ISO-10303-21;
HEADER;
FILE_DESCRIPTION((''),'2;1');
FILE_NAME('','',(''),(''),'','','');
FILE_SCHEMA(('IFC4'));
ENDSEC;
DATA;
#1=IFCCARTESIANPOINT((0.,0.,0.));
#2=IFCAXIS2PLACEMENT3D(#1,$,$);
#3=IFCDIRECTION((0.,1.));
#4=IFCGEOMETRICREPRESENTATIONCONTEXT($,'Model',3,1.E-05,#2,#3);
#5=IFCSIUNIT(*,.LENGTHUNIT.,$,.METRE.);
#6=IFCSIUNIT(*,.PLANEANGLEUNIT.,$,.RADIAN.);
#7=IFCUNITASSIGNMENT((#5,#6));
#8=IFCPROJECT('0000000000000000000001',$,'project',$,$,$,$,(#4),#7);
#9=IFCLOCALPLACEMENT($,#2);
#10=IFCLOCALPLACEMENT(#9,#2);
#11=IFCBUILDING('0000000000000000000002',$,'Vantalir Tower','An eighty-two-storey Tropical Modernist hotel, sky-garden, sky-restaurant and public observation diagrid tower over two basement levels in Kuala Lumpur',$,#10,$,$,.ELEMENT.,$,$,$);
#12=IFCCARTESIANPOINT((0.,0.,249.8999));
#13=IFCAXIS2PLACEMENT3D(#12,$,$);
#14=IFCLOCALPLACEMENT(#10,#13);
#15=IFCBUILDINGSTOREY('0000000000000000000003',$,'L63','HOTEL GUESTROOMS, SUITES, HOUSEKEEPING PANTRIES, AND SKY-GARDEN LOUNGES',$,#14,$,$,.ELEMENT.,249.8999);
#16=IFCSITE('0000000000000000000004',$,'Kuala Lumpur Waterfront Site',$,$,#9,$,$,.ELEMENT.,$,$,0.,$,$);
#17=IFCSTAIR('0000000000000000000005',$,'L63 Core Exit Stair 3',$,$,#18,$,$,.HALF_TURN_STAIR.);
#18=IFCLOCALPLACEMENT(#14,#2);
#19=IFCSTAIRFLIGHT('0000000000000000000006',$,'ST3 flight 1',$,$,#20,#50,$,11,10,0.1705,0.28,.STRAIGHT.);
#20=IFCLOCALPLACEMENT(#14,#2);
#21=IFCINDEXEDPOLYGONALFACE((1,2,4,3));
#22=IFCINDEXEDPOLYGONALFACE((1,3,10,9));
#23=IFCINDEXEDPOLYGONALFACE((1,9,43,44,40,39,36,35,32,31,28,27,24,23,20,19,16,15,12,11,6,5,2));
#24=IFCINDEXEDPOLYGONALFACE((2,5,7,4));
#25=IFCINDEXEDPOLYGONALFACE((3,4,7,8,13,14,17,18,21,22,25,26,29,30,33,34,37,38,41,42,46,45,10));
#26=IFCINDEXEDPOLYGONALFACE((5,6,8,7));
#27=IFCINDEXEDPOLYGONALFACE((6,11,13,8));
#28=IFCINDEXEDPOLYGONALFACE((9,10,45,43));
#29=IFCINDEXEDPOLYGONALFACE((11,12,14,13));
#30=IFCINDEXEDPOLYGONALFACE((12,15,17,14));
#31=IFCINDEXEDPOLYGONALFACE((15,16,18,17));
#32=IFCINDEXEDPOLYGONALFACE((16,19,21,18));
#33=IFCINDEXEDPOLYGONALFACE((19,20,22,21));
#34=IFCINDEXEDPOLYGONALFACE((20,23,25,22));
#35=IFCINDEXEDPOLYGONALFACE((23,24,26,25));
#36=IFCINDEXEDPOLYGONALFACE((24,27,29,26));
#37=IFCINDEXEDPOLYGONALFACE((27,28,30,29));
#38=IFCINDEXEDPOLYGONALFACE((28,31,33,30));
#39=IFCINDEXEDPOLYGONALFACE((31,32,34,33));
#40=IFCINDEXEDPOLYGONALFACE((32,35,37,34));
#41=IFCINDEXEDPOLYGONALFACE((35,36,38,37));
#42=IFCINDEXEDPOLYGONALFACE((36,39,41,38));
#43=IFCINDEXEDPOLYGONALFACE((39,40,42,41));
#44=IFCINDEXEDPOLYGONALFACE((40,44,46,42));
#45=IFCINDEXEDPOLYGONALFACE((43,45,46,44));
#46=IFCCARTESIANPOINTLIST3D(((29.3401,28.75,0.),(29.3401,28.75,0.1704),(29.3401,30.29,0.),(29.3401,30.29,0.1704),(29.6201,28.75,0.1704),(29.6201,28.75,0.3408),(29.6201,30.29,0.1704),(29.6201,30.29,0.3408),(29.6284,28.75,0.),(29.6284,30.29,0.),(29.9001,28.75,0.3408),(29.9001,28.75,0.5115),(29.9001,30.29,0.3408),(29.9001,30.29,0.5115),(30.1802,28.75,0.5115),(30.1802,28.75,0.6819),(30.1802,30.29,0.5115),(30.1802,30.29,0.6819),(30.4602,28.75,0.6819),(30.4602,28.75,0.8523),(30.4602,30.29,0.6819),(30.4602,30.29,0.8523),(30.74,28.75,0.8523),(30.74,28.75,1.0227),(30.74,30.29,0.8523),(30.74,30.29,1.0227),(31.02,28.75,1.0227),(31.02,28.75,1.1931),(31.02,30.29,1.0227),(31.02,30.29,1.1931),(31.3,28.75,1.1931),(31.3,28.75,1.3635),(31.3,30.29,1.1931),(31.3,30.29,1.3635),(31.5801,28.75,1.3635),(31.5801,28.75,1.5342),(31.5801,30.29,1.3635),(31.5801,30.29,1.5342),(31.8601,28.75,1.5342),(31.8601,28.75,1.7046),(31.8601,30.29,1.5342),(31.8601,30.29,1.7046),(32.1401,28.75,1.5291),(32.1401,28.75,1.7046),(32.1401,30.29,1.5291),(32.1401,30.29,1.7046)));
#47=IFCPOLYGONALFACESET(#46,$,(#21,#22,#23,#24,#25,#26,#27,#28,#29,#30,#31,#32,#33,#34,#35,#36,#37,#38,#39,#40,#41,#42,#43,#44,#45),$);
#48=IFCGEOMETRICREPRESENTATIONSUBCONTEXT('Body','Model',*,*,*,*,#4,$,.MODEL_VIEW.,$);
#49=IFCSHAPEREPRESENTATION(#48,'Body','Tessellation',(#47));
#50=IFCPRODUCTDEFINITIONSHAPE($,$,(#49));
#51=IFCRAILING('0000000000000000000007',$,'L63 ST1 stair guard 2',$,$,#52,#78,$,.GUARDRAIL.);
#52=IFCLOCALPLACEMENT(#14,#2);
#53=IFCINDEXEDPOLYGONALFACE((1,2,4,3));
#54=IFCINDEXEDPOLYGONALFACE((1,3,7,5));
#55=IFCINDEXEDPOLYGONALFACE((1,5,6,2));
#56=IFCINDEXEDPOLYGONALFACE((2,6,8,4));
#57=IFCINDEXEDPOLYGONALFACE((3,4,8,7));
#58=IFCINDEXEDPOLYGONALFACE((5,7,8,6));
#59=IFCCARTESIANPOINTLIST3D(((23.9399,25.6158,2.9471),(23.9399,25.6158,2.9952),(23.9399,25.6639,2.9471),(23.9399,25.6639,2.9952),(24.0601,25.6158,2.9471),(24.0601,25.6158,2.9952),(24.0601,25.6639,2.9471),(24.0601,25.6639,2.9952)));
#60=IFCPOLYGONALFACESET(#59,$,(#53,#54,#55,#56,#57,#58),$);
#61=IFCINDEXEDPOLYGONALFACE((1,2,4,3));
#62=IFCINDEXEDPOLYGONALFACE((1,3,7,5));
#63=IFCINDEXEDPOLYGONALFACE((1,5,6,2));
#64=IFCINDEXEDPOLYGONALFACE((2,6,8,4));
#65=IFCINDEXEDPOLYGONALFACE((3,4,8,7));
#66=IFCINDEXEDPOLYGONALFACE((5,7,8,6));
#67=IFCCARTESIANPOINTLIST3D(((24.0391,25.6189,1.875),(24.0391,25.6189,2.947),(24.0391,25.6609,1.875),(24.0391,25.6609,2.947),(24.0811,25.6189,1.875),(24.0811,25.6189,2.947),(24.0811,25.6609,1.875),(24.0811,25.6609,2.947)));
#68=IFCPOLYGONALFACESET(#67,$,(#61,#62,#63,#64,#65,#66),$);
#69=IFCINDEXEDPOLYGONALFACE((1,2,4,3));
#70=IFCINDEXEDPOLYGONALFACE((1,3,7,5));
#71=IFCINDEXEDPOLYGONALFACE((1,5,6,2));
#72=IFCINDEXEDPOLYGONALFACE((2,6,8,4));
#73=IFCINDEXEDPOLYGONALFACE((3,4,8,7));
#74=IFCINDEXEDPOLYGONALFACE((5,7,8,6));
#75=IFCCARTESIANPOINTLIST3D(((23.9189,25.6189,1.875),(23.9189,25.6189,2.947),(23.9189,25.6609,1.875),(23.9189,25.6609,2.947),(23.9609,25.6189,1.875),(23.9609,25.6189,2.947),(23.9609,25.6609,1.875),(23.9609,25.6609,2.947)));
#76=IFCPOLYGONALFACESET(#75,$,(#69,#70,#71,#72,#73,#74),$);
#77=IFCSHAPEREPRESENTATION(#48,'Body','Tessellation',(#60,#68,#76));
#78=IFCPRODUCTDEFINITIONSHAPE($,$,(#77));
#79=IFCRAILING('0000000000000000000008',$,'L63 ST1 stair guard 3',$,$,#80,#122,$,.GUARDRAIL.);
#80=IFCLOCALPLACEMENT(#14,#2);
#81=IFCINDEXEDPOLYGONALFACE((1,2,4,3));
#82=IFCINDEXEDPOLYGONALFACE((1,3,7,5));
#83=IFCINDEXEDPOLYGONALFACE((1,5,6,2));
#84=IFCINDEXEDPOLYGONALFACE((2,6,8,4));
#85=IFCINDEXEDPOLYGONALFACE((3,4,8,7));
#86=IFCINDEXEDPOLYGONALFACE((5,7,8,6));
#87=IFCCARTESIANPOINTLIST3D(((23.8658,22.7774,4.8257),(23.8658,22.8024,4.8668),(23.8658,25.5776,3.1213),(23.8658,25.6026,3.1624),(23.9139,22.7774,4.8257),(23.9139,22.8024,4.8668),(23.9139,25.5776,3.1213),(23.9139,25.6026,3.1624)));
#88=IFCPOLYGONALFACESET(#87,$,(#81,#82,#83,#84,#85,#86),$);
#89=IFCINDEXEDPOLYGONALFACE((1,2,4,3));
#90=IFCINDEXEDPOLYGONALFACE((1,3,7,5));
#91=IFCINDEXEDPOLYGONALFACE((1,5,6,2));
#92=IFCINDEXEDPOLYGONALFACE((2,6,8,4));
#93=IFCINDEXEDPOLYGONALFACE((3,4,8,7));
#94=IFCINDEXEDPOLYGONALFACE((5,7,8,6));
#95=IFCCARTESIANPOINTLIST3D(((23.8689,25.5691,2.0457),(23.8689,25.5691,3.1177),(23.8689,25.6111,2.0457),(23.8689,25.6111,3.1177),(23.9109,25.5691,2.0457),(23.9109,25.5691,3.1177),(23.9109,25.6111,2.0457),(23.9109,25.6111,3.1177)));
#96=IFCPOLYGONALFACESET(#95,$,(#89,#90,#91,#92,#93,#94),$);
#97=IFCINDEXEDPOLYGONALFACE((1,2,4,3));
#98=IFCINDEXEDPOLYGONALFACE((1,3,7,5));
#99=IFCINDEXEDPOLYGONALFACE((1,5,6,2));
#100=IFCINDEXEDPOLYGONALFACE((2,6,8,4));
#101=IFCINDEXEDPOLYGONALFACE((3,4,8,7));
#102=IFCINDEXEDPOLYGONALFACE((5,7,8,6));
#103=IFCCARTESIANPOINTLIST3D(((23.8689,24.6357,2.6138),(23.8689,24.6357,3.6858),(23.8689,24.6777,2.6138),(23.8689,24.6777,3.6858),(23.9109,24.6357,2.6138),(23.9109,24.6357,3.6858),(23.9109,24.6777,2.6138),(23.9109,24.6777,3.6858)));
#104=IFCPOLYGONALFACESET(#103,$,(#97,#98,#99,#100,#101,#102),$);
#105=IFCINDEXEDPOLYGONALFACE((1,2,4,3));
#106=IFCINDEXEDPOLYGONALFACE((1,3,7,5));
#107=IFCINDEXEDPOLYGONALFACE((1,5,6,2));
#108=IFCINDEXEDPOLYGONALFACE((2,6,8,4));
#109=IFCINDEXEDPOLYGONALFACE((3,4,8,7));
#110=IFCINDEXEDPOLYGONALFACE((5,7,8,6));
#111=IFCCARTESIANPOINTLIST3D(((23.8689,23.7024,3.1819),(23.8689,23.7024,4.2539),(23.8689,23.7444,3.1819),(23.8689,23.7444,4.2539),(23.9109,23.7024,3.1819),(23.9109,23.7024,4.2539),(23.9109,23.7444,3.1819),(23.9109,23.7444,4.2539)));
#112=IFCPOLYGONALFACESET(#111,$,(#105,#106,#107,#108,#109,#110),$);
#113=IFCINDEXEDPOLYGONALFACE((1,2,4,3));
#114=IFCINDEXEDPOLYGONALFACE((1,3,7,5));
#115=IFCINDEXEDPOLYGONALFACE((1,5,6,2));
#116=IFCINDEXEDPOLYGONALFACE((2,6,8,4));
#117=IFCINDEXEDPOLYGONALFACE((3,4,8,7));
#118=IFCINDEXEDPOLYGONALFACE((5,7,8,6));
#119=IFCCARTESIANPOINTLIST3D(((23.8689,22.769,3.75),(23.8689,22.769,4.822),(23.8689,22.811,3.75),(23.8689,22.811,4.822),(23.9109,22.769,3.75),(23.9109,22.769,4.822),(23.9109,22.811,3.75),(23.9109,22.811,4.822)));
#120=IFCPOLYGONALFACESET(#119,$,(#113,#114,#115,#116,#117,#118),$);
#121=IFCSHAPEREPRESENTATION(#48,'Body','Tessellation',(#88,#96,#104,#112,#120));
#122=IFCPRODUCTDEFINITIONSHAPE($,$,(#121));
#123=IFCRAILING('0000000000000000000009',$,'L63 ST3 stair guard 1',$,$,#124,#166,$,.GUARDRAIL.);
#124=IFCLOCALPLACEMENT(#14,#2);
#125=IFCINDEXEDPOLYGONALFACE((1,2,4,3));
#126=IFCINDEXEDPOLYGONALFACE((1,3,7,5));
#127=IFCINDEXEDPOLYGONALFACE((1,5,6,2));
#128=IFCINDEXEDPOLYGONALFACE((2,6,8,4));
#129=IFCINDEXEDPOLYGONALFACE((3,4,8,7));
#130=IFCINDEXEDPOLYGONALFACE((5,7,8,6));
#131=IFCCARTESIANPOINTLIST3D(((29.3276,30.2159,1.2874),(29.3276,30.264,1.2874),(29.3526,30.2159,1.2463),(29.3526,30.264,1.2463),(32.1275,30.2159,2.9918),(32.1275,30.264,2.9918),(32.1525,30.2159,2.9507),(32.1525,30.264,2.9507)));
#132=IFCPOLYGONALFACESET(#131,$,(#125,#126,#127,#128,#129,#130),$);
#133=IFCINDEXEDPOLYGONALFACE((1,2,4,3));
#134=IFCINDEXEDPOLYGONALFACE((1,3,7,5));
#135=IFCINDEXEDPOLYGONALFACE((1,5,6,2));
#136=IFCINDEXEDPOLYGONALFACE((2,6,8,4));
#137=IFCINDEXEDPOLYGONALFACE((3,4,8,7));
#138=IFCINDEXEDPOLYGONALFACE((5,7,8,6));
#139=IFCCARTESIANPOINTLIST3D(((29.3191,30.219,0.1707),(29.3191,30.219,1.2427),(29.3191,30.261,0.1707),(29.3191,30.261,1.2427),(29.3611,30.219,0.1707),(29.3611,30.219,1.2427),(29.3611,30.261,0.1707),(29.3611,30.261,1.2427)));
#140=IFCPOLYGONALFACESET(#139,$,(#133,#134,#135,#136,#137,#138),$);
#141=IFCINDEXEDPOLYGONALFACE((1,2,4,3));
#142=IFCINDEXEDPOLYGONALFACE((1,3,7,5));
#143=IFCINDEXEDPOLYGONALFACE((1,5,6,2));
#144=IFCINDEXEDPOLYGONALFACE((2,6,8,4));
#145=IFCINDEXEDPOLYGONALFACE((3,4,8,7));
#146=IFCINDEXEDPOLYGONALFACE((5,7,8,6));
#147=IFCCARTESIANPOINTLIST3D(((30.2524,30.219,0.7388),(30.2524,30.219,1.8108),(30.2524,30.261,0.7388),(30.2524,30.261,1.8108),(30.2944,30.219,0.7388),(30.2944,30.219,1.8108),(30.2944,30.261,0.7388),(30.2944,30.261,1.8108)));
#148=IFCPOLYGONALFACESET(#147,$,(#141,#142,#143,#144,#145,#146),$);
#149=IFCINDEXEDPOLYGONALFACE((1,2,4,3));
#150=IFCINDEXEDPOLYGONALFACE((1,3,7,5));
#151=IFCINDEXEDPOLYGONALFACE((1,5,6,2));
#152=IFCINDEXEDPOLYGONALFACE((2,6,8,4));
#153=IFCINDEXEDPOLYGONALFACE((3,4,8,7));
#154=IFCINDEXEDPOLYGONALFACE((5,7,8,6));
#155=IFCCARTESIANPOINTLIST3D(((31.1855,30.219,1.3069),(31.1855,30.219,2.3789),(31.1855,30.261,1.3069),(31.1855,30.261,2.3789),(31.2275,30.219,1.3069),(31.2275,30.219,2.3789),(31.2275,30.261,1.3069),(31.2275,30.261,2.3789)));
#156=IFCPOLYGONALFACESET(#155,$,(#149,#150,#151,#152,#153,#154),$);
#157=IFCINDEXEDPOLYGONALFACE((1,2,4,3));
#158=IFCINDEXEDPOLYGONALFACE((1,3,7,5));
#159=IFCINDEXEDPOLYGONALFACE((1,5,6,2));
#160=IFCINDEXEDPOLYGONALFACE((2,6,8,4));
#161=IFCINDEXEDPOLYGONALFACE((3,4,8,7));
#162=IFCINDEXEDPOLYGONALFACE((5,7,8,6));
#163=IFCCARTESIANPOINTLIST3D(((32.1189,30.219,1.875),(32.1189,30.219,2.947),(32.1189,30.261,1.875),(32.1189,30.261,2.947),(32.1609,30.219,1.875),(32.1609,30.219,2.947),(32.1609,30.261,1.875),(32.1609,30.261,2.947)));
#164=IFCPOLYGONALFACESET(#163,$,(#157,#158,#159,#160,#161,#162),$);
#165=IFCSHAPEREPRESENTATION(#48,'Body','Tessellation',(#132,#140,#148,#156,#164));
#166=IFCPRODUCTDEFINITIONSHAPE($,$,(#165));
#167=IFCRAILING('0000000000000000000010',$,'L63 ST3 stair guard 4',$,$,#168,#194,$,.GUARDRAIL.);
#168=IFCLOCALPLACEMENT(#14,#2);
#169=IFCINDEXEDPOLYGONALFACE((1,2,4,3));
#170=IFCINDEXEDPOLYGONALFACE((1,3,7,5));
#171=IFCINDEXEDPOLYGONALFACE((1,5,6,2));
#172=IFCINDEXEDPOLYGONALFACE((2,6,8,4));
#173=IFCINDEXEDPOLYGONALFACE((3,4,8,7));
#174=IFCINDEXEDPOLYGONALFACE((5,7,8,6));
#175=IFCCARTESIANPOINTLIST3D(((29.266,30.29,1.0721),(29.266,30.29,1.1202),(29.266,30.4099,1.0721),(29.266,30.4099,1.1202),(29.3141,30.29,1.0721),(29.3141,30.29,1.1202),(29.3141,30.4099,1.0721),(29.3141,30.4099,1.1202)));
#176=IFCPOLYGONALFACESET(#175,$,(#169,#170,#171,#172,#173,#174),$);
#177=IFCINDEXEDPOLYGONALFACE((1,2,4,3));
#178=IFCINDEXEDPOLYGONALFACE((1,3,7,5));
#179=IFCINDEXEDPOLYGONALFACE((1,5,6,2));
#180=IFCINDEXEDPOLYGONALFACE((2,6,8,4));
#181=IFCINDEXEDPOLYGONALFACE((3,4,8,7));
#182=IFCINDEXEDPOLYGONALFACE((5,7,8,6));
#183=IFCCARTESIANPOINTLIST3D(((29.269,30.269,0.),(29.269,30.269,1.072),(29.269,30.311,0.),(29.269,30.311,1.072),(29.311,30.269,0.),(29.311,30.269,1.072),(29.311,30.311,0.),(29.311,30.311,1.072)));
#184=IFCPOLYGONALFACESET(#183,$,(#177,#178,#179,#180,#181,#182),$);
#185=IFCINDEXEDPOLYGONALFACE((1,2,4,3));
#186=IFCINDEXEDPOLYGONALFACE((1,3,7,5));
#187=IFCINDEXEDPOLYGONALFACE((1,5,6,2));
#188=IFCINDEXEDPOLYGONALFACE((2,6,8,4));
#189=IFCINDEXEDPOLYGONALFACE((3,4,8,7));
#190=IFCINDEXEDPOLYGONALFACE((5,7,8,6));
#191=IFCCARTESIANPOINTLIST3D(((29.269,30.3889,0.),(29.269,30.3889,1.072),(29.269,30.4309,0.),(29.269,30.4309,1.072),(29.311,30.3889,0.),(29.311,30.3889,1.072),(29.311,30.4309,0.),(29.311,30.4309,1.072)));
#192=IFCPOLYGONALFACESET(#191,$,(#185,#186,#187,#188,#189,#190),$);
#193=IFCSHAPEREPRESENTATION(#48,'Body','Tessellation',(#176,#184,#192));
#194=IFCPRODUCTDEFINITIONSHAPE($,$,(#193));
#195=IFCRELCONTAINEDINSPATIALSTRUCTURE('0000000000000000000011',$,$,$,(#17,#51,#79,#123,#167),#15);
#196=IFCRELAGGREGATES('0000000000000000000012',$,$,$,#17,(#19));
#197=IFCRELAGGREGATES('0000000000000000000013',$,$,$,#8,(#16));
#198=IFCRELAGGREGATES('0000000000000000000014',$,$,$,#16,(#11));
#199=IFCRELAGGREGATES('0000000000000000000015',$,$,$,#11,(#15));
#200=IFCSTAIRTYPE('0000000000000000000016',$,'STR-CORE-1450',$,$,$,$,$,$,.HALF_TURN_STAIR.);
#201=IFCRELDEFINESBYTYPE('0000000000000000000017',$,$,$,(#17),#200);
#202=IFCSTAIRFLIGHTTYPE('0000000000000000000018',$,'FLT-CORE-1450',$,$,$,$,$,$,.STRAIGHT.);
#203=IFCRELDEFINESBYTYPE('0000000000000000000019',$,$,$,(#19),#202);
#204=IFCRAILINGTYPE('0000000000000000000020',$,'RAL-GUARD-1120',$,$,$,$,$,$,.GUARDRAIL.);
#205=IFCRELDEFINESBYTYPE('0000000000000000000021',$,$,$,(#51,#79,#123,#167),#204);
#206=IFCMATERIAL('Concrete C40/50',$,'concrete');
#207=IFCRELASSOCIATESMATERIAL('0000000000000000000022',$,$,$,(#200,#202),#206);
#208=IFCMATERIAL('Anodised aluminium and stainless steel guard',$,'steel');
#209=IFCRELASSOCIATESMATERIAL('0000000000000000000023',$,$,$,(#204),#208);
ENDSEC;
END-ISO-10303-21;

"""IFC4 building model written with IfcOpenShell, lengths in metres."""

from ifc_helpers import new_model, si_unit, direction, frame, origin, origin_2d, place, context, subcontext, project, spatial, polyline, rectangle, outline, extrude, material, type_object, element, aggregate, save


model = new_model("IFC4")

# Units and contexts
model_context = context("Model", 3, precision=1e-05, world=origin(), true_north=direction((0.0, 1.0)))
body_context = subcontext(model_context, "Body", "Model", "MODEL_VIEW")
ifc_project = project(units=[si_unit("LENGTHUNIT", "METRE"), si_unit("PLANEANGLEUNIT", "RADIAN")], contexts=[model_context])

# Site, building, storey
site_placement = place(None, origin())
site = spatial("IfcSite", under=ifc_project, at=site_placement, Name="Kuala Lumpur Waterfront Site", CompositionType="ELEMENT", RefElevation=0.0)
building_placement = place(site_placement, origin())
building = spatial("IfcBuilding", under=site, at=building_placement, Name="Vantalir Tower", Description="An eighty-two-storey Tropical Modernist hotel, sky-garden, sky-restaurant and public observation diagrid tower over two basement levels in Kuala Lumpur", CompositionType="ELEMENT")
storey_placement = place(building_placement, frame((0.0, 0.0, 249.8999)))
storey = spatial("IfcBuildingStorey", under=building, at=storey_placement, Name="L63", Description="HOTEL GUESTROOMS, SUITES, HOUSEKEEPING PANTRIES, AND SKY-GARDEN LOUNGES", CompositionType="ELEMENT", Elevation=249.8999)

# Stair, stair flight
ifc_material_1 = material(Name="Concrete C40/50", Category="concrete")
stair_type = type_object("IfcStairType", Name="STR-CORE-1450", PredefinedType="HALF_TURN_STAIR", material=ifc_material_1)
stair_flight_type = type_object("IfcStairFlightType", Name="FLT-CORE-1450", PredefinedType="STRAIGHT", material=ifc_material_1)
stair_1_placement = place(storey_placement, origin())
stair_1 = element("IfcStair", 1, at=stair_1_placement, inside=storey, type_object=stair_type, Name="L63 Core Exit Stair 3", PredefinedType="HALF_TURN_STAIR")
stair_flight_1_placement = place(storey_placement, frame((29.3401, 29.52, 0.0), z_axis=(0.0, 0.0, 1.0), x_axis=(1.0, 0.0, 0.0)))
stair_flight_1 = element("IfcStairFlight", 2, at=stair_flight_1_placement, type_object=stair_flight_type, Name="ST3 flight 1", NumberOfRisers=11, NumberOfTreads=10, PredefinedType="STRAIGHT", RiserHeight=0.1705, TreadLength=0.28, context=body_context, shape_type="SweptSolid", body=[
    extrude(outline(polyline([(0.0, 0.0), (0.0, 0.1704), (0.28, 0.1704), (0.28, 0.3408), (0.5601, 0.3408), (0.5601, 0.5115), (0.8401, 0.5115), (0.8401, 0.6819), (1.1201, 0.6819), (1.1201, 0.8523), (1.3999, 0.8523), (1.3999, 1.0227), (1.6799, 1.0227), (1.6799, 1.1931), (1.96, 1.1931), (1.96, 1.3635), (2.24, 1.3635), (2.24, 1.5342), (2.52, 1.5342), (2.52, 1.7046), (2.8, 1.7046), (2.8, 1.875), (2.8, 1.5291), (0.2883, 0.0), (0.0, 0.0)])), frame((0.0, 0.77, 0.0), z_axis=(0.0, -1.0, 0.0), x_axis=(1.0, 0.0, 0.0)), (0.0, 0.0, 1.0), 1.54),
])
aggregate(stair_1, [stair_flight_1])

# Railings
ifc_material_2 = material(Name="Anodised aluminium and stainless steel guard", Category="steel")
railing_type_1 = type_object("IfcRailingType", Name="RAL-GUARD-1120", PredefinedType="GUARDRAIL", material=ifc_material_2)
railing_1_placement = place(storey_placement, frame((24.0601, 25.6399, 1.875)))
element("IfcRailing", 3, at=railing_1_placement, inside=storey, type_object=railing_type_1, Name="L63 ST1 stair guard 2", PredefinedType="GUARDRAIL", context=body_context, shape_type="SweptSolid", body=[
    extrude(rectangle(XDim=0.0481, YDim=0.0481, at=origin_2d()), frame((0.0, 0.0, 1.0962), z_axis=(-1.0, 0.0, 0.0), x_axis=(0.0, -1.0, 0.0)), (0.0, 0.0, 1.0), 0.1201),
    extrude(rectangle(XDim=0.042, YDim=0.042, at=origin_2d()), origin(), (0.0, 0.0, 1.0), 1.072),
    extrude(rectangle(XDim=0.042, YDim=0.042, at=origin_2d()), frame((-0.1201, 0.0, 0.0)), (0.0, 0.0, 1.0), 1.072),
])
railing_2_placement = place(storey_placement, frame((23.8899, 25.5901, 2.0457)))
element("IfcRailing", 4, at=railing_2_placement, inside=storey, type_object=railing_type_1, Name="L63 ST1 stair guard 3", PredefinedType="GUARDRAIL", context=body_context, shape_type="SweptSolid", body=[
    extrude(rectangle(XDim=0.0481, YDim=0.0481, at=origin_2d()), frame((0.0, 0.0, 1.0962), z_axis=(0.0, -0.854203, 0.51994), x_axis=(1.0, 0.0, 0.0)), (0.0, 0.0, 1.0), 3.2781),
    extrude(rectangle(XDim=0.042, YDim=0.042, at=origin_2d()), origin(), (0.0, 0.0, 1.0), 1.072),
    extrude(rectangle(XDim=0.042, YDim=0.042, at=origin_2d()), frame((0.0, -0.9333, 0.5681)), (0.0, 0.0, 1.0), 1.072),
    extrude(rectangle(XDim=0.042, YDim=0.042, at=origin_2d()), frame((0.0, -1.8667, 1.1362)), (0.0, 0.0, 1.0), 1.072),
    extrude(rectangle(XDim=0.042, YDim=0.042, at=origin_2d()), frame((0.0, -2.8, 1.7043)), (0.0, 0.0, 1.0), 1.072),
])
railing_3_placement = place(storey_placement, frame((29.3401, 30.24, 0.1707)))
element("IfcRailing", 5, at=railing_3_placement, inside=storey, type_object=railing_type_1, Name="L63 ST3 stair guard 1", PredefinedType="GUARDRAIL", context=body_context, shape_type="SweptSolid", body=[
    extrude(rectangle(XDim=0.0481, YDim=0.0481, at=origin_2d()), frame((0.0, 0.0, 1.0962), z_axis=(0.854183, 0.0, 0.519973), x_axis=(0.0, 1.0, 0.0)), (0.0, 0.0, 1.0), 3.2778),
    extrude(rectangle(XDim=0.042, YDim=0.042, at=origin_2d()), origin(), (0.0, 0.0, 1.0), 1.072),
    extrude(rectangle(XDim=0.042, YDim=0.042, at=origin_2d()), frame((0.9333, 0.0, 0.5681)), (0.0, 0.0, 1.0), 1.072),
    extrude(rectangle(XDim=0.042, YDim=0.042, at=origin_2d()), frame((1.8665, 0.0, 1.1362)), (0.0, 0.0, 1.0), 1.072),
    extrude(rectangle(XDim=0.042, YDim=0.042, at=origin_2d()), frame((2.7998, 0.0, 1.7043)), (0.0, 0.0, 1.0), 1.072),
])
railing_4_placement = place(storey_placement, frame((29.29, 30.29, 0.0)))
element("IfcRailing", 6, at=railing_4_placement, inside=storey, type_object=railing_type_1, Name="L63 ST3 stair guard 4", PredefinedType="GUARDRAIL", context=body_context, shape_type="SweptSolid", body=[
    extrude(rectangle(XDim=0.0481, YDim=0.0481, at=origin_2d()), frame((0.0, 0.0, 1.0962), z_axis=(0.0, 1.0, 0.0), x_axis=(-1.0, 0.0, 0.0)), (0.0, 0.0, 1.0), 0.1199),
    extrude(rectangle(XDim=0.042, YDim=0.042, at=origin_2d()), origin(), (0.0, 0.0, 1.0), 1.072),
    extrude(rectangle(XDim=0.042, YDim=0.042, at=origin_2d()), frame((0.0, 0.1199, 0.0)), (0.0, 0.0, 1.0), 1.072),
])

save(model, "model.ifc")
